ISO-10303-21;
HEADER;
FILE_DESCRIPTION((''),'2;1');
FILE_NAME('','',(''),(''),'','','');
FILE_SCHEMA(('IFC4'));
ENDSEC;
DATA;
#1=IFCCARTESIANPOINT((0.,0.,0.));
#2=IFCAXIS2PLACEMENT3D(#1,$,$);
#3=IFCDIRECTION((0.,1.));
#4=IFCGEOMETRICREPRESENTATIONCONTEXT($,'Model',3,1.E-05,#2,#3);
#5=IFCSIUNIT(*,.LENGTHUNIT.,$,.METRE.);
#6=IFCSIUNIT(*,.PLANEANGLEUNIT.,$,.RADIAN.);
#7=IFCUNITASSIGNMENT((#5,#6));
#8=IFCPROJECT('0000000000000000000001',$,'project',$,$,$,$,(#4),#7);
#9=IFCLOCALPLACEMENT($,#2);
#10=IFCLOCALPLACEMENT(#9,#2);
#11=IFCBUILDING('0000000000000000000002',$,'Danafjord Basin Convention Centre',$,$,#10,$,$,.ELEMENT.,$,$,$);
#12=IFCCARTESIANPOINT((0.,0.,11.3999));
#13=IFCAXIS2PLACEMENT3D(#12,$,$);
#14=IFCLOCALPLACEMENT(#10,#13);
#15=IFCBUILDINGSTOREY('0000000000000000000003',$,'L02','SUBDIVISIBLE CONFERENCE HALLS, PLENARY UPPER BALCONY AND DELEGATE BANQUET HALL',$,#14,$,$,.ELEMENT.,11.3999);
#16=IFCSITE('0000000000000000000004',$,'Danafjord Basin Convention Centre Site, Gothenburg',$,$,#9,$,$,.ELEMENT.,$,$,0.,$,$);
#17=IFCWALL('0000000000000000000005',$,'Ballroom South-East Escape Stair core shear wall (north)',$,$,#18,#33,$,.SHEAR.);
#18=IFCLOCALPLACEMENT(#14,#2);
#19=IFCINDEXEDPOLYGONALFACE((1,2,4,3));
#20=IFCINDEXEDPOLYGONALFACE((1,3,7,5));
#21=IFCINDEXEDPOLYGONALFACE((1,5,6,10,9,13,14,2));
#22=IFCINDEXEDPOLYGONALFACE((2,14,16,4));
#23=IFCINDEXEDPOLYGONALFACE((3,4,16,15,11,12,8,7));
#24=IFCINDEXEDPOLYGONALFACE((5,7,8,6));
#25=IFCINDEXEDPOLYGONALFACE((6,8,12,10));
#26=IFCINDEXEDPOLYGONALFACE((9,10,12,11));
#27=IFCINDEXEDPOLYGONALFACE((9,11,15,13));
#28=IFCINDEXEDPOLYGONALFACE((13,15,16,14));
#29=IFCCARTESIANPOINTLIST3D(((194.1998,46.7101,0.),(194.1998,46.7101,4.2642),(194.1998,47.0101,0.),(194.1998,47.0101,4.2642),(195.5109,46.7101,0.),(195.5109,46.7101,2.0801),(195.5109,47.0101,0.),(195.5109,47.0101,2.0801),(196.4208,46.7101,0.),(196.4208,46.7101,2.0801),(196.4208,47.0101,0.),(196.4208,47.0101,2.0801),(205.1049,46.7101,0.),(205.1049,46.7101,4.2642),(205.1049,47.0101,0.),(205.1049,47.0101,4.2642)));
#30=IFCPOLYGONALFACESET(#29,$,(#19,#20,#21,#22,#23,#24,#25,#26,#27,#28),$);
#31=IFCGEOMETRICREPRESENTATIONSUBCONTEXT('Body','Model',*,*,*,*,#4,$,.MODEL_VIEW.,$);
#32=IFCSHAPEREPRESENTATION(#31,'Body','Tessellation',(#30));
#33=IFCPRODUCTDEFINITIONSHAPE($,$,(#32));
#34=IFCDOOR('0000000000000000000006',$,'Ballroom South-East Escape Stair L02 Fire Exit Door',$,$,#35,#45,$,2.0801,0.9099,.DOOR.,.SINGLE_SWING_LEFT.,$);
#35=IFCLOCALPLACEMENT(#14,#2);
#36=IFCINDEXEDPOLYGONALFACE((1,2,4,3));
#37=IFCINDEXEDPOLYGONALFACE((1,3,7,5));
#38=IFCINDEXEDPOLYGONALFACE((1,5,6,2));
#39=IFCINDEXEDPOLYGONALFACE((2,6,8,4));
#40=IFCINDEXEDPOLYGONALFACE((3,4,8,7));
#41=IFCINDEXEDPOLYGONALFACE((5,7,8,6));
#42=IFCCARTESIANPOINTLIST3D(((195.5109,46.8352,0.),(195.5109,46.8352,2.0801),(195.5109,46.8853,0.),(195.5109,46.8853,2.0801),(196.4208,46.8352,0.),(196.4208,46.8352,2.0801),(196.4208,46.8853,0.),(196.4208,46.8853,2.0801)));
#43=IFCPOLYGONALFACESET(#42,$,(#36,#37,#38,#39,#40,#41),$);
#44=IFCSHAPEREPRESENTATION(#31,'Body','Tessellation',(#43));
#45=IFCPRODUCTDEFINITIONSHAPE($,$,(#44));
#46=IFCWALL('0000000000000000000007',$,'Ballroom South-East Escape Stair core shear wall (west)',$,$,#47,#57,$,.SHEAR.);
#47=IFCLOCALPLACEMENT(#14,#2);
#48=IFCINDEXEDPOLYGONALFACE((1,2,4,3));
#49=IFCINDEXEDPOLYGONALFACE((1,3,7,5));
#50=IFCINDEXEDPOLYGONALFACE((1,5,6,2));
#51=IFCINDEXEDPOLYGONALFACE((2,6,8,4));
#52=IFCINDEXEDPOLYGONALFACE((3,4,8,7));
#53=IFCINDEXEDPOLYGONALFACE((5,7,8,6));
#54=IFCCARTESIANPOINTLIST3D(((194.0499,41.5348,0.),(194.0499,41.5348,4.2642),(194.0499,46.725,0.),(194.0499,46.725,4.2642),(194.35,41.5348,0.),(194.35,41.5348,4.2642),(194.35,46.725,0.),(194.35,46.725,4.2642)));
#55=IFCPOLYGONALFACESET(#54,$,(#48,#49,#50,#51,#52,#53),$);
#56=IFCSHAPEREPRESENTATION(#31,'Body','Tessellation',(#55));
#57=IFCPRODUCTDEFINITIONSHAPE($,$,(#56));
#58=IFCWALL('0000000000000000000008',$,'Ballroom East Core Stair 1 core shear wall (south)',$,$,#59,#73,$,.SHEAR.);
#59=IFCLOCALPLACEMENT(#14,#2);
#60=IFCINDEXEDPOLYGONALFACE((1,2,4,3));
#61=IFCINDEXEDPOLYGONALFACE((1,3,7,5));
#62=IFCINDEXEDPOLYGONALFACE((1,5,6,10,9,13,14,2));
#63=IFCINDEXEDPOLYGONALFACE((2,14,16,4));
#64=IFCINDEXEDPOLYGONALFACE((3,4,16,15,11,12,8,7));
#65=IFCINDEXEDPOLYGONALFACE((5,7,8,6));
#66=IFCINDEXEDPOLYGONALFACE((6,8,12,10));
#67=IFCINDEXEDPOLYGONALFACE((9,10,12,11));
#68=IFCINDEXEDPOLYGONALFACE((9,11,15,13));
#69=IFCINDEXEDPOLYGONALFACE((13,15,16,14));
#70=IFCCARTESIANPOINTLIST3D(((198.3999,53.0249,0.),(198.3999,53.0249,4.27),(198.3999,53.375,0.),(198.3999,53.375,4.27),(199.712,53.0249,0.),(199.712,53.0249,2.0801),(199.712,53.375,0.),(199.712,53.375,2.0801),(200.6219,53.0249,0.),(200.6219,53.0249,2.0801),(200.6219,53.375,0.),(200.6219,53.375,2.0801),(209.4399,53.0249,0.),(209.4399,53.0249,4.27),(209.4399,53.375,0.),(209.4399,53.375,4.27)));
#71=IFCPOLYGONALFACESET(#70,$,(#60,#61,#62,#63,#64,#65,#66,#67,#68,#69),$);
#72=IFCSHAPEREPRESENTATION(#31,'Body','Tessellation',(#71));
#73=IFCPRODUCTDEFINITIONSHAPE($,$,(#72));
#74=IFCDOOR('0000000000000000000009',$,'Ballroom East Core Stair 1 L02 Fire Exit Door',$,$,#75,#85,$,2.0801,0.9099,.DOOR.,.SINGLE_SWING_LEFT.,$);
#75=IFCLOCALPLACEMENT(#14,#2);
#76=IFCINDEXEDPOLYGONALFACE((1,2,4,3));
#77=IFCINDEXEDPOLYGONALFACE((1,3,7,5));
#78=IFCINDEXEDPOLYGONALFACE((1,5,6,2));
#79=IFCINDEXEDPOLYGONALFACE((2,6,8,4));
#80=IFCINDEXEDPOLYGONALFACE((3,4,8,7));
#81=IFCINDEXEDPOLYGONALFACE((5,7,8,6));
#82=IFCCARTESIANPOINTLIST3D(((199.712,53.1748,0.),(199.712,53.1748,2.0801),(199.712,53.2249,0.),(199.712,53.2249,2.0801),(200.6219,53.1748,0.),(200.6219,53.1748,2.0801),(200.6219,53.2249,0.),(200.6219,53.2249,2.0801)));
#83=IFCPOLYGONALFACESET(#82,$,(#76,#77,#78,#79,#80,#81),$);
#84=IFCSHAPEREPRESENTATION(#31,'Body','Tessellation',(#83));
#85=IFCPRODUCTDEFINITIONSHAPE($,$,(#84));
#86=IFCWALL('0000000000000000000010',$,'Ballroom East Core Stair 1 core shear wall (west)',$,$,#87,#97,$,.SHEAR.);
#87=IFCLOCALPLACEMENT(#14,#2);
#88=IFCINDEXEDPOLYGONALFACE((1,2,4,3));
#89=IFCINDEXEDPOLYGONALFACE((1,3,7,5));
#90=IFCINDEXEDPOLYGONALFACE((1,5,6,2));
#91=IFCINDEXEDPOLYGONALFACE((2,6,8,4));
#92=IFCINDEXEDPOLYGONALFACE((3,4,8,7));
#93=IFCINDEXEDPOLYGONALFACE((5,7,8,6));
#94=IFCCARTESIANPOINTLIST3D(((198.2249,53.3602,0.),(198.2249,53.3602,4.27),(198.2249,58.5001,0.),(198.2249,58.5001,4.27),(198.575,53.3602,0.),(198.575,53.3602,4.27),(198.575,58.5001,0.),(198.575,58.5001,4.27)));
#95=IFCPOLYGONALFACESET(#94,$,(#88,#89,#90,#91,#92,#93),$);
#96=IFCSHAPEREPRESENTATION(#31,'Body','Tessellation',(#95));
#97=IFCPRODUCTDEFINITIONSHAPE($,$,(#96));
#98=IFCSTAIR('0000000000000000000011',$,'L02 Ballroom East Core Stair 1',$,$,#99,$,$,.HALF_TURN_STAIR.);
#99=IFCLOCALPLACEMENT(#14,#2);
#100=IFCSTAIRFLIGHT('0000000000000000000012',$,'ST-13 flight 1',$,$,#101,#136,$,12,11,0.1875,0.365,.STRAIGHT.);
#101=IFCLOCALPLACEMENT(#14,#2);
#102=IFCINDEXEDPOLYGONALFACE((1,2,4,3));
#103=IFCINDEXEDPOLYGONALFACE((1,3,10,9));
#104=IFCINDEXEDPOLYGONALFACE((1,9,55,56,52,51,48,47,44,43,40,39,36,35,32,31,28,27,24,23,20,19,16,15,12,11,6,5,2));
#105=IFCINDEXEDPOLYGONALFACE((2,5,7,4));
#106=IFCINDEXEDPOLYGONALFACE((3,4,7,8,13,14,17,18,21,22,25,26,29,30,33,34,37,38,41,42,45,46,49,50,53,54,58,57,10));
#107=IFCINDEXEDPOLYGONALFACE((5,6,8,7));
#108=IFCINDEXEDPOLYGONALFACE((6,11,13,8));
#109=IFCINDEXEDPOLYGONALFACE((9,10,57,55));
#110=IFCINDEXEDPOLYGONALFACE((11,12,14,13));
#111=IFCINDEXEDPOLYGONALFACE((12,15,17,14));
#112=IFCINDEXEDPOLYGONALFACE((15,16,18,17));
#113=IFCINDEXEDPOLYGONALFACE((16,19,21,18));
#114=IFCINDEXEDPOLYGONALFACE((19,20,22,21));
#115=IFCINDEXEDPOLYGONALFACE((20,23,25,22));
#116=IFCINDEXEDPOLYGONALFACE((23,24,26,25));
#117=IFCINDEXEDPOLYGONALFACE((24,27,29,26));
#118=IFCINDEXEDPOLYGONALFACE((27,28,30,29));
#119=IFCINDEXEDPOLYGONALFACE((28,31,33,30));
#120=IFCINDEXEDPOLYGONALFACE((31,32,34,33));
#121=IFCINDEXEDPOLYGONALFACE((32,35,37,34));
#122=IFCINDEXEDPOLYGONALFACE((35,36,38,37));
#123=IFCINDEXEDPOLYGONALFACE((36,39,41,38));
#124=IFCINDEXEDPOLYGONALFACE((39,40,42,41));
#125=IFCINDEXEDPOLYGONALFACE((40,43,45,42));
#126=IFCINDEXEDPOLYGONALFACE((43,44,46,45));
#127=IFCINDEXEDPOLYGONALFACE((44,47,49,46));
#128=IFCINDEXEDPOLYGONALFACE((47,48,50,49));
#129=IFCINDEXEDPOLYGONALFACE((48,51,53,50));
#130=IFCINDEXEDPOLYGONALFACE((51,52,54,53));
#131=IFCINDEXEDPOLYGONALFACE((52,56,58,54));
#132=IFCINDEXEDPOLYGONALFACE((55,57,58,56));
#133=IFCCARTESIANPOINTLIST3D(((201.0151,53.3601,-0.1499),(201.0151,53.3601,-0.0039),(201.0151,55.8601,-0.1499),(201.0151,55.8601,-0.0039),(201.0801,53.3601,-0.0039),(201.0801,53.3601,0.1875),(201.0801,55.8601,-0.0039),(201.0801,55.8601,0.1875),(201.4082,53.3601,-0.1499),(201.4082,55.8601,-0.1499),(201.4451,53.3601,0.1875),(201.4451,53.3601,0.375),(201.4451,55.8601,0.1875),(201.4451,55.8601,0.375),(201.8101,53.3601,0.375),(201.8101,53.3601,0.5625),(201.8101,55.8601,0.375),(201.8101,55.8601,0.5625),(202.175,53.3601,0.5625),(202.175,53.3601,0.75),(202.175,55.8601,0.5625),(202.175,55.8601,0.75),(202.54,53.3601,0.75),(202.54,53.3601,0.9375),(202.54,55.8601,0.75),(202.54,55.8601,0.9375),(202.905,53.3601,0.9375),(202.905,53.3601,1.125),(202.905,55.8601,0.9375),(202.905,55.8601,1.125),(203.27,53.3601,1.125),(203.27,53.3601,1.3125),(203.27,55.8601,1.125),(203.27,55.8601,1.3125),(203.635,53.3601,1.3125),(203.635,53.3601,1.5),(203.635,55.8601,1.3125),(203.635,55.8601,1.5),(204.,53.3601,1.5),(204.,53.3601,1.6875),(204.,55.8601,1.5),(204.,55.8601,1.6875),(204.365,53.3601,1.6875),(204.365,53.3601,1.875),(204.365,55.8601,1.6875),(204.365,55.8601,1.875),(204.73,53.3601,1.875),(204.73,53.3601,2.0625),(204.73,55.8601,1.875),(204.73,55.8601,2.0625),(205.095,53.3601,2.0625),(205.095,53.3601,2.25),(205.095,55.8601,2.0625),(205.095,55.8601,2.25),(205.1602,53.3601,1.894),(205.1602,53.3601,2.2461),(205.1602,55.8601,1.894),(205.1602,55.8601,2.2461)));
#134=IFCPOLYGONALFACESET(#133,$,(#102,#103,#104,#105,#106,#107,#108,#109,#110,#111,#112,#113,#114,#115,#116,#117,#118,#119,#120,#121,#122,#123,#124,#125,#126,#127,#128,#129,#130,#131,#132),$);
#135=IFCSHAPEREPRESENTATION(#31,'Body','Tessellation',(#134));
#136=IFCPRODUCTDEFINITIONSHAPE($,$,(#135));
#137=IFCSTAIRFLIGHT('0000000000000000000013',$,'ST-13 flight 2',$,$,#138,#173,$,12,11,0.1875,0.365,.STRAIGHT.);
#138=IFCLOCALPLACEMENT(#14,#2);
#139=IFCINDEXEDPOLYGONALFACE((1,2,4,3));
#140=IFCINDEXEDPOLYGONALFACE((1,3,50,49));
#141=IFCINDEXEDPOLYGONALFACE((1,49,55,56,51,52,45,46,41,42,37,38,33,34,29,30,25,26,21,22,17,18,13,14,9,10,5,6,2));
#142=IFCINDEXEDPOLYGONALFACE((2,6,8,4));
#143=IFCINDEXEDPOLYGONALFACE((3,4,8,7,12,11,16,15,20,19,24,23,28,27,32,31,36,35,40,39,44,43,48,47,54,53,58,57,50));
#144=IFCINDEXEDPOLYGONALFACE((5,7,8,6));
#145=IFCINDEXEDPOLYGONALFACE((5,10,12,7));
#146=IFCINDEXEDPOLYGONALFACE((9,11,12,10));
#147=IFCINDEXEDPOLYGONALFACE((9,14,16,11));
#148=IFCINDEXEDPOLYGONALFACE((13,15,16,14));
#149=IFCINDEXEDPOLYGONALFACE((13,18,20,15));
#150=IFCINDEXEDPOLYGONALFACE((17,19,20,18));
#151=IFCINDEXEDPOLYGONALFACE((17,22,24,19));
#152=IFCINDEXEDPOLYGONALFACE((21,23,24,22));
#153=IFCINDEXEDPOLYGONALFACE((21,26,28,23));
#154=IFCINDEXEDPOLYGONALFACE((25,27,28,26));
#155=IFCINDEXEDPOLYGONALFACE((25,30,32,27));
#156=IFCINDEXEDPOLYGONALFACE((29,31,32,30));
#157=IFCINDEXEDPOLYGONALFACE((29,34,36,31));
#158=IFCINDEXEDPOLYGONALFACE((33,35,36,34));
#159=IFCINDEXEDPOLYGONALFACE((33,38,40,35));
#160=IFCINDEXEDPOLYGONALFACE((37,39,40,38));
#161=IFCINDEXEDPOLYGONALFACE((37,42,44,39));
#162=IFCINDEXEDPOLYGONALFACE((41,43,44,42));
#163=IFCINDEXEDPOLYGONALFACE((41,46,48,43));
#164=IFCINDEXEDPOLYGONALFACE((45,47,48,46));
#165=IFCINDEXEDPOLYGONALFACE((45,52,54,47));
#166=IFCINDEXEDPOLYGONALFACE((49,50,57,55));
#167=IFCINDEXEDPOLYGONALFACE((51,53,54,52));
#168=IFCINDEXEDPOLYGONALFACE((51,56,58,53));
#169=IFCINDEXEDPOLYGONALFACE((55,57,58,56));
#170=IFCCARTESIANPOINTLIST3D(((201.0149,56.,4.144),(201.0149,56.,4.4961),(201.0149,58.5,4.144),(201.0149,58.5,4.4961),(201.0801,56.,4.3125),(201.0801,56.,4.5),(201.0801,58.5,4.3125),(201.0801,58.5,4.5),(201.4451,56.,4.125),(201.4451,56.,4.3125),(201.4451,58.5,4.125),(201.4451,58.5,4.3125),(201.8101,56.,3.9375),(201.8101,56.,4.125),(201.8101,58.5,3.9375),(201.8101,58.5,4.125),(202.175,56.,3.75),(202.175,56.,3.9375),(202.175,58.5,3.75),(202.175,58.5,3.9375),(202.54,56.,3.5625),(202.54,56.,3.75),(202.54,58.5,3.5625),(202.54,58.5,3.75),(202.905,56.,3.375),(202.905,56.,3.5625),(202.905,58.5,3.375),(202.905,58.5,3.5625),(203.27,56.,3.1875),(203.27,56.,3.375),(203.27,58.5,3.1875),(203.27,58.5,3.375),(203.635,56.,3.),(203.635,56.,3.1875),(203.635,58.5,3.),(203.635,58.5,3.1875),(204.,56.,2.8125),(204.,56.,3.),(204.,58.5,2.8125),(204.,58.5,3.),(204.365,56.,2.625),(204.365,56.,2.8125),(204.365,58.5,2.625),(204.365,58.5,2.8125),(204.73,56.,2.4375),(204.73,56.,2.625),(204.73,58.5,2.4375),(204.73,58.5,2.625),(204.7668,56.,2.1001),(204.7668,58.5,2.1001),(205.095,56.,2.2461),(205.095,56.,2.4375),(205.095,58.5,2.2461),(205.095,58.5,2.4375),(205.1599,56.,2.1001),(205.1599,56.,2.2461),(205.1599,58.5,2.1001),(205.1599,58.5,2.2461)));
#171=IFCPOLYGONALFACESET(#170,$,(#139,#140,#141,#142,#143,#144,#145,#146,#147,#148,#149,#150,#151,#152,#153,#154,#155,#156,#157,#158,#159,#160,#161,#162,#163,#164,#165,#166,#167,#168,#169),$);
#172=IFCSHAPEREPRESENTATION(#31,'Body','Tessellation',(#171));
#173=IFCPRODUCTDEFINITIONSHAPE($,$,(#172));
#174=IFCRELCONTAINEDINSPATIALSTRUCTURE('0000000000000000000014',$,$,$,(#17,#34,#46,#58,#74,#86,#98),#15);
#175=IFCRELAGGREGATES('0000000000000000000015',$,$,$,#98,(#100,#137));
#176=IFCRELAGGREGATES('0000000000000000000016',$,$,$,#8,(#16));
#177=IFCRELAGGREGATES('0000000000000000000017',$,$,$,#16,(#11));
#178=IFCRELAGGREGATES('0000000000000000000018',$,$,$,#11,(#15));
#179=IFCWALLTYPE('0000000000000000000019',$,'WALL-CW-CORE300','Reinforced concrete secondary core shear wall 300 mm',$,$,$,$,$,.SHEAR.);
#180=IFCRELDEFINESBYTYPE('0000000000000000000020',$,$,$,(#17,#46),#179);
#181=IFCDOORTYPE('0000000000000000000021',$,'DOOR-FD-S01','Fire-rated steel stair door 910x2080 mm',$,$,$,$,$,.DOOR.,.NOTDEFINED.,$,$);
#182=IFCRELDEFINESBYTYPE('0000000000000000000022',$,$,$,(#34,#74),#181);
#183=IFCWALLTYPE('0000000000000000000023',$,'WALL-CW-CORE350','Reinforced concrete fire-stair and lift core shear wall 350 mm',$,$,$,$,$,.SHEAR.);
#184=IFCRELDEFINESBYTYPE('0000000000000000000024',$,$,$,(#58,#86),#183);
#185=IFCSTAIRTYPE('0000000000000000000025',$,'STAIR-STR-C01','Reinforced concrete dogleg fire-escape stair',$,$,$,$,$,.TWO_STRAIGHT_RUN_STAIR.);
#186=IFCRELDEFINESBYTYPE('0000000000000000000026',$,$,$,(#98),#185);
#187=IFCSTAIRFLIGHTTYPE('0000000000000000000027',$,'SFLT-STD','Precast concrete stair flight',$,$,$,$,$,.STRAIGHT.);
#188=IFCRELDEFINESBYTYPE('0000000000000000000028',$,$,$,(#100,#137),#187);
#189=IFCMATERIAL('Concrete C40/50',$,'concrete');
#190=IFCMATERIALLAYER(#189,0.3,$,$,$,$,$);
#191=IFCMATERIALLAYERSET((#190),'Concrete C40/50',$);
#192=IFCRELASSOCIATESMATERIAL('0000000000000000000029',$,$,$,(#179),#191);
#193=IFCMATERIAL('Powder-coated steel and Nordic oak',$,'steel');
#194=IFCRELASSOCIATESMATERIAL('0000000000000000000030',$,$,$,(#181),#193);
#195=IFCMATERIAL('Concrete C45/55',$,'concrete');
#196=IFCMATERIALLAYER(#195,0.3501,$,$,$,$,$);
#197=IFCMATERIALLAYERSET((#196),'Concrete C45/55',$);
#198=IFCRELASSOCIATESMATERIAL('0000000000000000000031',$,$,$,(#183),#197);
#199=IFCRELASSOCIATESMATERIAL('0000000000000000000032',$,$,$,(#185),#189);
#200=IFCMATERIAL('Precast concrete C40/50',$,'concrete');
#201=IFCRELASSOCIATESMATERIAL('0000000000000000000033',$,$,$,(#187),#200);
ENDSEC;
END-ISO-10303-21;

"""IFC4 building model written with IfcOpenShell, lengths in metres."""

from ifc_helpers import new_model, si_unit, direction, frame, frame_2d, origin, place, context, subcontext, project, spatial, polyline, rectangle, outline, extrude, material, layer, layer_set, type_object, element, fill, aggregate, save


model = new_model("IFC4")

# Units and contexts
model_context = context("Model", 3, precision=1e-05, world=origin(), true_north=direction((0.0, 1.0)))
body_context = subcontext(model_context, "Body", "Model", "MODEL_VIEW")
ifc_project = project(units=[si_unit("LENGTHUNIT", "METRE"), si_unit("PLANEANGLEUNIT", "RADIAN")], contexts=[model_context])

# Site, building, storey
site_placement = place(None, origin())
site = spatial("IfcSite", under=ifc_project, at=site_placement, Name="Danafjord Basin Convention Centre Site, Gothenburg", CompositionType="ELEMENT", RefElevation=0.0)
building_placement = place(site_placement, origin())
building = spatial("IfcBuilding", under=site, at=building_placement, Name="Danafjord Basin Convention Centre", CompositionType="ELEMENT")
storey_placement = place(building_placement, frame((0.0, 0.0, 11.3999)))
storey = spatial("IfcBuildingStorey", under=building, at=storey_placement, Name="L02", Description="SUBDIVISIBLE CONFERENCE HALLS, PLENARY UPPER BALCONY AND DELEGATE BANQUET HALL", CompositionType="ELEMENT", Elevation=11.3999)

# Shared definitions
ifc_material_1 = material(Name="Concrete C40/50", Category="concrete")
ifc_layer_1 = layer(ifc_material_1, 0.3)
ifc_layer_set_1 = layer_set([ifc_layer_1], Name="Concrete C40/50")
wall_type_1 = type_object("IfcWallType", Name="WALL-CW-CORE300", Description="Reinforced concrete secondary core shear wall 300 mm", PredefinedType="SHEAR", material=ifc_layer_set_1)

# Wall, opening, door
wall_1_placement = place(storey_placement, frame((205.105, 46.8601, 0.0), z_axis=(0.0, 0.0, 1.0), x_axis=(-1.0, 0.0, 0.0)))
wall_1 = element("IfcWall", 1, at=wall_1_placement, inside=storey, type_object=wall_type_1, Name="Ballroom South-East Escape Stair core shear wall (north)", PredefinedType="SHEAR", context=body_context, shape_type="SweptSolid", body=[
    extrude(rectangle(XDim=10.905, YDim=0.3, at=frame_2d((5.4526, 0.0))), origin(), (0.0, 0.0, 1.0), 4.2642),
])
opening_1_placement = place(wall_1_placement, frame((8.6841, 0.0, 0.0)))
opening_1 = element("IfcOpeningElement", 2, at=opening_1_placement, cuts=wall_1, PredefinedType="OPENING", context=body_context, shape_type="SweptSolid", body=[
    extrude(rectangle(XDim=0.9099, YDim=2.0801, at=frame_2d((0.4551, 1.04))), frame((0.0, 0.1599, 0.0), z_axis=(0.0, -1.0, 0.0), x_axis=(1.0, 0.0, 0.0)), (0.0, 0.0, 1.0), 0.3201),
])
ifc_material_2 = material(Name="Powder-coated steel and Nordic oak", Category="steel")
door_type = type_object("IfcDoorType", Name="DOOR-FD-S01", Description="Fire-rated steel stair door 910x2080 mm", OperationType="NOTDEFINED", PredefinedType="DOOR", material=ifc_material_2)
door_1_placement = place(opening_1_placement, origin())
door_1 = element("IfcDoor", 3, at=door_1_placement, inside=storey, type_object=door_type, Name="Ballroom South-East Escape Stair L02 Fire Exit Door", OperationType="SINGLE_SWING_LEFT", OverallHeight=2.0801, OverallWidth=0.9099, PredefinedType="DOOR", context=body_context, shape_type="SweptSolid", body=[
    extrude(rectangle(XDim=0.9099, YDim=2.0801, at=frame_2d((0.4551, 1.04))), frame((0.0, 0.0249, 0.0), z_axis=(0.0, -1.0, 0.0), x_axis=(1.0, 0.0, 0.0)), (0.0, 0.0, 1.0), 0.05),
])
fill(opening_1, door_1)

# Wall
wall_2_placement = place(storey_placement, frame((194.2, 46.7251, 0.0), z_axis=(0.0, 0.0, 1.0), x_axis=(0.0, -1.0, 0.0)))
element("IfcWall", 4, at=wall_2_placement, inside=storey, type_object=wall_type_1, Name="Ballroom South-East Escape Stair core shear wall (west)", PredefinedType="SHEAR", context=body_context, shape_type="SweptSolid", body=[
    extrude(rectangle(XDim=5.1902, YDim=0.3, at=frame_2d((2.5952, 0.0))), origin(), (0.0, 0.0, 1.0), 4.2642),
])

# Wall, opening, door
ifc_material_3 = material(Name="Concrete C45/55", Category="concrete")
ifc_layer_2 = layer(ifc_material_3, 0.3501)
ifc_layer_set_2 = layer_set([ifc_layer_2], Name="Concrete C45/55")
wall_type_2 = type_object("IfcWallType", Name="WALL-CW-CORE350", Description="Reinforced concrete fire-stair and lift core shear wall 350 mm", PredefinedType="SHEAR", material=ifc_layer_set_2)
wall_3_placement = place(storey_placement, frame((198.3999, 53.2, 0.0), z_axis=(0.0, 0.0, 1.0), x_axis=(1.0, 0.0, 0.0)))
wall_3 = element("IfcWall", 5, at=wall_3_placement, inside=storey, type_object=wall_type_2, Name="Ballroom East Core Stair 1 core shear wall (south)", PredefinedType="SHEAR", context=body_context, shape_type="SweptSolid", body=[
    extrude(rectangle(XDim=11.04, YDim=0.3501, at=frame_2d((5.52, 0.0))), origin(), (0.0, 0.0, 1.0), 4.27),
])
opening_2_placement = place(wall_3_placement, frame((1.312, 0.0, 0.0)))
opening_2 = element("IfcOpeningElement", 6, at=opening_2_placement, cuts=wall_3, PredefinedType="OPENING", context=body_context, shape_type="SweptSolid", body=[
    extrude(rectangle(XDim=0.9099, YDim=2.0801, at=frame_2d((0.4551, 1.04))), frame((0.0, 0.1851, 0.0), z_axis=(0.0, -1.0, 0.0), x_axis=(1.0, 0.0, 0.0)), (0.0, 0.0, 1.0), 0.3701),
])
door_2_placement = place(opening_2_placement, origin())
door_2 = element("IfcDoor", 7, at=door_2_placement, inside=storey, type_object=door_type, Name="Ballroom East Core Stair 1 L02 Fire Exit Door", OperationType="SINGLE_SWING_LEFT", OverallHeight=2.0801, OverallWidth=0.9099, PredefinedType="DOOR", context=body_context, shape_type="SweptSolid", body=[
    extrude(rectangle(XDim=0.9099, YDim=2.0801, at=frame_2d((0.4551, 1.04))), frame((0.0, 0.0249, 0.0), z_axis=(0.0, -1.0, 0.0), x_axis=(1.0, 0.0, 0.0)), (0.0, 0.0, 1.0), 0.05),
])
fill(opening_2, door_2)

# Wall
wall_4_placement = place(storey_placement, frame((198.3999, 58.5, 0.0), z_axis=(0.0, 0.0, 1.0), x_axis=(0.0, -1.0, 0.0)))
element("IfcWall", 8, at=wall_4_placement, inside=storey, type_object=wall_type_2, Name="Ballroom East Core Stair 1 core shear wall (west)", PredefinedType="SHEAR", context=body_context, shape_type="SweptSolid", body=[
    extrude(rectangle(XDim=5.1399, YDim=0.3501, at=frame_2d((2.5698, 0.0))), origin(), (0.0, 0.0, 1.0), 4.27),
])

# Stair, stair flights
stair_type = type_object("IfcStairType", Name="STAIR-STR-C01", Description="Reinforced concrete dogleg fire-escape stair", PredefinedType="TWO_STRAIGHT_RUN_STAIR", material=ifc_material_1)
stair_placement = place(storey_placement, origin())
stair = element("IfcStair", 9, at=stair_placement, inside=storey, type_object=stair_type, Name="L02 Ballroom East Core Stair 1", PredefinedType="HALF_TURN_STAIR")
ifc_material_4 = material(Name="Precast concrete C40/50", Category="concrete")
stair_flight_type = type_object("IfcStairFlightType", Name="SFLT-STD", Description="Precast concrete stair flight", PredefinedType="STRAIGHT", material=ifc_material_4)
stair_flight_1_placement = place(storey_placement, frame((201.0801, 54.6101, 0.0), z_axis=(0.0, 0.0, 1.0), x_axis=(1.0, 0.0, 0.0)))
stair_flight_1 = element("IfcStairFlight", 10, at=stair_flight_1_placement, type_object=stair_flight_type, Name="ST-13 flight 1", NumberOfRisers=12, NumberOfTreads=11, PredefinedType="STRAIGHT", RiserHeight=0.1875, TreadLength=0.365, context=body_context, shape_type="SweptSolid", body=[
    extrude(outline(polyline([(-0.0649, -0.1499), (-0.0649, -0.0039), (0.0, -0.0039), (0.0, 0.1875), (0.365, 0.1875), (0.365, 0.375), (0.73, 0.375), (0.73, 0.5625), (1.095, 0.5625), (1.095, 0.75), (1.46, 0.75), (1.46, 0.9375), (1.825, 0.9375), (1.825, 1.125), (2.1899, 1.125), (2.1899, 1.3125), (2.5549, 1.3125), (2.5549, 1.5), (2.9199, 1.5), (2.9199, 1.6875), (3.2849, 1.6875), (3.2849, 1.875), (3.6499, 1.875), (3.6499, 2.0625), (4.0149, 2.0625), (4.0149, 2.25), (4.0801, 2.2461), (4.0801, 1.894), (0.3281, -0.1499), (-0.0649, -0.1499)])), frame((0.0, 1.25, 0.0), z_axis=(0.0, -1.0, 0.0), x_axis=(1.0, 0.0, 0.0)), (0.0, 0.0, 1.0), 2.5),
])
stair_flight_2_placement = place(storey_placement, frame((205.095, 57.25, 2.25), z_axis=(0.0, 0.0, 1.0), x_axis=(-1.0, 0.0, 0.0)))
stair_flight_2 = element("IfcStairFlight", 11, at=stair_flight_2_placement, type_object=stair_flight_type, Name="ST-13 flight 2", NumberOfRisers=12, NumberOfTreads=11, PredefinedType="STRAIGHT", RiserHeight=0.1875, TreadLength=0.365, context=body_context, shape_type="SweptSolid", body=[
    extrude(outline(polyline([(-0.0649, -0.1499), (-0.0649, -0.0039), (0.0, -0.0039), (0.0, 0.1875), (0.365, 0.1875), (0.365, 0.375), (0.73, 0.375), (0.73, 0.5625), (1.095, 0.5625), (1.095, 0.75), (1.46, 0.75), (1.46, 0.9375), (1.825, 0.9375), (1.825, 1.125), (2.1899, 1.125), (2.1899, 1.3125), (2.5549, 1.3125), (2.5549, 1.5), (2.9199, 1.5), (2.9199, 1.6875), (3.2849, 1.6875), (3.2849, 1.875), (3.6499, 1.875), (3.6499, 2.0625), (4.0149, 2.0625), (4.0149, 2.25), (4.0801, 2.2461), (4.0801, 1.894), (0.3281, -0.1499), (-0.0649, -0.1499)])), frame((0.0, 1.25, 0.0), z_axis=(0.0, -1.0, 0.0), x_axis=(1.0, 0.0, 0.0)), (0.0, 0.0, 1.0), 2.5),
])
aggregate(stair, [stair_flight_1, stair_flight_2])

save(model, "model.ifc")
